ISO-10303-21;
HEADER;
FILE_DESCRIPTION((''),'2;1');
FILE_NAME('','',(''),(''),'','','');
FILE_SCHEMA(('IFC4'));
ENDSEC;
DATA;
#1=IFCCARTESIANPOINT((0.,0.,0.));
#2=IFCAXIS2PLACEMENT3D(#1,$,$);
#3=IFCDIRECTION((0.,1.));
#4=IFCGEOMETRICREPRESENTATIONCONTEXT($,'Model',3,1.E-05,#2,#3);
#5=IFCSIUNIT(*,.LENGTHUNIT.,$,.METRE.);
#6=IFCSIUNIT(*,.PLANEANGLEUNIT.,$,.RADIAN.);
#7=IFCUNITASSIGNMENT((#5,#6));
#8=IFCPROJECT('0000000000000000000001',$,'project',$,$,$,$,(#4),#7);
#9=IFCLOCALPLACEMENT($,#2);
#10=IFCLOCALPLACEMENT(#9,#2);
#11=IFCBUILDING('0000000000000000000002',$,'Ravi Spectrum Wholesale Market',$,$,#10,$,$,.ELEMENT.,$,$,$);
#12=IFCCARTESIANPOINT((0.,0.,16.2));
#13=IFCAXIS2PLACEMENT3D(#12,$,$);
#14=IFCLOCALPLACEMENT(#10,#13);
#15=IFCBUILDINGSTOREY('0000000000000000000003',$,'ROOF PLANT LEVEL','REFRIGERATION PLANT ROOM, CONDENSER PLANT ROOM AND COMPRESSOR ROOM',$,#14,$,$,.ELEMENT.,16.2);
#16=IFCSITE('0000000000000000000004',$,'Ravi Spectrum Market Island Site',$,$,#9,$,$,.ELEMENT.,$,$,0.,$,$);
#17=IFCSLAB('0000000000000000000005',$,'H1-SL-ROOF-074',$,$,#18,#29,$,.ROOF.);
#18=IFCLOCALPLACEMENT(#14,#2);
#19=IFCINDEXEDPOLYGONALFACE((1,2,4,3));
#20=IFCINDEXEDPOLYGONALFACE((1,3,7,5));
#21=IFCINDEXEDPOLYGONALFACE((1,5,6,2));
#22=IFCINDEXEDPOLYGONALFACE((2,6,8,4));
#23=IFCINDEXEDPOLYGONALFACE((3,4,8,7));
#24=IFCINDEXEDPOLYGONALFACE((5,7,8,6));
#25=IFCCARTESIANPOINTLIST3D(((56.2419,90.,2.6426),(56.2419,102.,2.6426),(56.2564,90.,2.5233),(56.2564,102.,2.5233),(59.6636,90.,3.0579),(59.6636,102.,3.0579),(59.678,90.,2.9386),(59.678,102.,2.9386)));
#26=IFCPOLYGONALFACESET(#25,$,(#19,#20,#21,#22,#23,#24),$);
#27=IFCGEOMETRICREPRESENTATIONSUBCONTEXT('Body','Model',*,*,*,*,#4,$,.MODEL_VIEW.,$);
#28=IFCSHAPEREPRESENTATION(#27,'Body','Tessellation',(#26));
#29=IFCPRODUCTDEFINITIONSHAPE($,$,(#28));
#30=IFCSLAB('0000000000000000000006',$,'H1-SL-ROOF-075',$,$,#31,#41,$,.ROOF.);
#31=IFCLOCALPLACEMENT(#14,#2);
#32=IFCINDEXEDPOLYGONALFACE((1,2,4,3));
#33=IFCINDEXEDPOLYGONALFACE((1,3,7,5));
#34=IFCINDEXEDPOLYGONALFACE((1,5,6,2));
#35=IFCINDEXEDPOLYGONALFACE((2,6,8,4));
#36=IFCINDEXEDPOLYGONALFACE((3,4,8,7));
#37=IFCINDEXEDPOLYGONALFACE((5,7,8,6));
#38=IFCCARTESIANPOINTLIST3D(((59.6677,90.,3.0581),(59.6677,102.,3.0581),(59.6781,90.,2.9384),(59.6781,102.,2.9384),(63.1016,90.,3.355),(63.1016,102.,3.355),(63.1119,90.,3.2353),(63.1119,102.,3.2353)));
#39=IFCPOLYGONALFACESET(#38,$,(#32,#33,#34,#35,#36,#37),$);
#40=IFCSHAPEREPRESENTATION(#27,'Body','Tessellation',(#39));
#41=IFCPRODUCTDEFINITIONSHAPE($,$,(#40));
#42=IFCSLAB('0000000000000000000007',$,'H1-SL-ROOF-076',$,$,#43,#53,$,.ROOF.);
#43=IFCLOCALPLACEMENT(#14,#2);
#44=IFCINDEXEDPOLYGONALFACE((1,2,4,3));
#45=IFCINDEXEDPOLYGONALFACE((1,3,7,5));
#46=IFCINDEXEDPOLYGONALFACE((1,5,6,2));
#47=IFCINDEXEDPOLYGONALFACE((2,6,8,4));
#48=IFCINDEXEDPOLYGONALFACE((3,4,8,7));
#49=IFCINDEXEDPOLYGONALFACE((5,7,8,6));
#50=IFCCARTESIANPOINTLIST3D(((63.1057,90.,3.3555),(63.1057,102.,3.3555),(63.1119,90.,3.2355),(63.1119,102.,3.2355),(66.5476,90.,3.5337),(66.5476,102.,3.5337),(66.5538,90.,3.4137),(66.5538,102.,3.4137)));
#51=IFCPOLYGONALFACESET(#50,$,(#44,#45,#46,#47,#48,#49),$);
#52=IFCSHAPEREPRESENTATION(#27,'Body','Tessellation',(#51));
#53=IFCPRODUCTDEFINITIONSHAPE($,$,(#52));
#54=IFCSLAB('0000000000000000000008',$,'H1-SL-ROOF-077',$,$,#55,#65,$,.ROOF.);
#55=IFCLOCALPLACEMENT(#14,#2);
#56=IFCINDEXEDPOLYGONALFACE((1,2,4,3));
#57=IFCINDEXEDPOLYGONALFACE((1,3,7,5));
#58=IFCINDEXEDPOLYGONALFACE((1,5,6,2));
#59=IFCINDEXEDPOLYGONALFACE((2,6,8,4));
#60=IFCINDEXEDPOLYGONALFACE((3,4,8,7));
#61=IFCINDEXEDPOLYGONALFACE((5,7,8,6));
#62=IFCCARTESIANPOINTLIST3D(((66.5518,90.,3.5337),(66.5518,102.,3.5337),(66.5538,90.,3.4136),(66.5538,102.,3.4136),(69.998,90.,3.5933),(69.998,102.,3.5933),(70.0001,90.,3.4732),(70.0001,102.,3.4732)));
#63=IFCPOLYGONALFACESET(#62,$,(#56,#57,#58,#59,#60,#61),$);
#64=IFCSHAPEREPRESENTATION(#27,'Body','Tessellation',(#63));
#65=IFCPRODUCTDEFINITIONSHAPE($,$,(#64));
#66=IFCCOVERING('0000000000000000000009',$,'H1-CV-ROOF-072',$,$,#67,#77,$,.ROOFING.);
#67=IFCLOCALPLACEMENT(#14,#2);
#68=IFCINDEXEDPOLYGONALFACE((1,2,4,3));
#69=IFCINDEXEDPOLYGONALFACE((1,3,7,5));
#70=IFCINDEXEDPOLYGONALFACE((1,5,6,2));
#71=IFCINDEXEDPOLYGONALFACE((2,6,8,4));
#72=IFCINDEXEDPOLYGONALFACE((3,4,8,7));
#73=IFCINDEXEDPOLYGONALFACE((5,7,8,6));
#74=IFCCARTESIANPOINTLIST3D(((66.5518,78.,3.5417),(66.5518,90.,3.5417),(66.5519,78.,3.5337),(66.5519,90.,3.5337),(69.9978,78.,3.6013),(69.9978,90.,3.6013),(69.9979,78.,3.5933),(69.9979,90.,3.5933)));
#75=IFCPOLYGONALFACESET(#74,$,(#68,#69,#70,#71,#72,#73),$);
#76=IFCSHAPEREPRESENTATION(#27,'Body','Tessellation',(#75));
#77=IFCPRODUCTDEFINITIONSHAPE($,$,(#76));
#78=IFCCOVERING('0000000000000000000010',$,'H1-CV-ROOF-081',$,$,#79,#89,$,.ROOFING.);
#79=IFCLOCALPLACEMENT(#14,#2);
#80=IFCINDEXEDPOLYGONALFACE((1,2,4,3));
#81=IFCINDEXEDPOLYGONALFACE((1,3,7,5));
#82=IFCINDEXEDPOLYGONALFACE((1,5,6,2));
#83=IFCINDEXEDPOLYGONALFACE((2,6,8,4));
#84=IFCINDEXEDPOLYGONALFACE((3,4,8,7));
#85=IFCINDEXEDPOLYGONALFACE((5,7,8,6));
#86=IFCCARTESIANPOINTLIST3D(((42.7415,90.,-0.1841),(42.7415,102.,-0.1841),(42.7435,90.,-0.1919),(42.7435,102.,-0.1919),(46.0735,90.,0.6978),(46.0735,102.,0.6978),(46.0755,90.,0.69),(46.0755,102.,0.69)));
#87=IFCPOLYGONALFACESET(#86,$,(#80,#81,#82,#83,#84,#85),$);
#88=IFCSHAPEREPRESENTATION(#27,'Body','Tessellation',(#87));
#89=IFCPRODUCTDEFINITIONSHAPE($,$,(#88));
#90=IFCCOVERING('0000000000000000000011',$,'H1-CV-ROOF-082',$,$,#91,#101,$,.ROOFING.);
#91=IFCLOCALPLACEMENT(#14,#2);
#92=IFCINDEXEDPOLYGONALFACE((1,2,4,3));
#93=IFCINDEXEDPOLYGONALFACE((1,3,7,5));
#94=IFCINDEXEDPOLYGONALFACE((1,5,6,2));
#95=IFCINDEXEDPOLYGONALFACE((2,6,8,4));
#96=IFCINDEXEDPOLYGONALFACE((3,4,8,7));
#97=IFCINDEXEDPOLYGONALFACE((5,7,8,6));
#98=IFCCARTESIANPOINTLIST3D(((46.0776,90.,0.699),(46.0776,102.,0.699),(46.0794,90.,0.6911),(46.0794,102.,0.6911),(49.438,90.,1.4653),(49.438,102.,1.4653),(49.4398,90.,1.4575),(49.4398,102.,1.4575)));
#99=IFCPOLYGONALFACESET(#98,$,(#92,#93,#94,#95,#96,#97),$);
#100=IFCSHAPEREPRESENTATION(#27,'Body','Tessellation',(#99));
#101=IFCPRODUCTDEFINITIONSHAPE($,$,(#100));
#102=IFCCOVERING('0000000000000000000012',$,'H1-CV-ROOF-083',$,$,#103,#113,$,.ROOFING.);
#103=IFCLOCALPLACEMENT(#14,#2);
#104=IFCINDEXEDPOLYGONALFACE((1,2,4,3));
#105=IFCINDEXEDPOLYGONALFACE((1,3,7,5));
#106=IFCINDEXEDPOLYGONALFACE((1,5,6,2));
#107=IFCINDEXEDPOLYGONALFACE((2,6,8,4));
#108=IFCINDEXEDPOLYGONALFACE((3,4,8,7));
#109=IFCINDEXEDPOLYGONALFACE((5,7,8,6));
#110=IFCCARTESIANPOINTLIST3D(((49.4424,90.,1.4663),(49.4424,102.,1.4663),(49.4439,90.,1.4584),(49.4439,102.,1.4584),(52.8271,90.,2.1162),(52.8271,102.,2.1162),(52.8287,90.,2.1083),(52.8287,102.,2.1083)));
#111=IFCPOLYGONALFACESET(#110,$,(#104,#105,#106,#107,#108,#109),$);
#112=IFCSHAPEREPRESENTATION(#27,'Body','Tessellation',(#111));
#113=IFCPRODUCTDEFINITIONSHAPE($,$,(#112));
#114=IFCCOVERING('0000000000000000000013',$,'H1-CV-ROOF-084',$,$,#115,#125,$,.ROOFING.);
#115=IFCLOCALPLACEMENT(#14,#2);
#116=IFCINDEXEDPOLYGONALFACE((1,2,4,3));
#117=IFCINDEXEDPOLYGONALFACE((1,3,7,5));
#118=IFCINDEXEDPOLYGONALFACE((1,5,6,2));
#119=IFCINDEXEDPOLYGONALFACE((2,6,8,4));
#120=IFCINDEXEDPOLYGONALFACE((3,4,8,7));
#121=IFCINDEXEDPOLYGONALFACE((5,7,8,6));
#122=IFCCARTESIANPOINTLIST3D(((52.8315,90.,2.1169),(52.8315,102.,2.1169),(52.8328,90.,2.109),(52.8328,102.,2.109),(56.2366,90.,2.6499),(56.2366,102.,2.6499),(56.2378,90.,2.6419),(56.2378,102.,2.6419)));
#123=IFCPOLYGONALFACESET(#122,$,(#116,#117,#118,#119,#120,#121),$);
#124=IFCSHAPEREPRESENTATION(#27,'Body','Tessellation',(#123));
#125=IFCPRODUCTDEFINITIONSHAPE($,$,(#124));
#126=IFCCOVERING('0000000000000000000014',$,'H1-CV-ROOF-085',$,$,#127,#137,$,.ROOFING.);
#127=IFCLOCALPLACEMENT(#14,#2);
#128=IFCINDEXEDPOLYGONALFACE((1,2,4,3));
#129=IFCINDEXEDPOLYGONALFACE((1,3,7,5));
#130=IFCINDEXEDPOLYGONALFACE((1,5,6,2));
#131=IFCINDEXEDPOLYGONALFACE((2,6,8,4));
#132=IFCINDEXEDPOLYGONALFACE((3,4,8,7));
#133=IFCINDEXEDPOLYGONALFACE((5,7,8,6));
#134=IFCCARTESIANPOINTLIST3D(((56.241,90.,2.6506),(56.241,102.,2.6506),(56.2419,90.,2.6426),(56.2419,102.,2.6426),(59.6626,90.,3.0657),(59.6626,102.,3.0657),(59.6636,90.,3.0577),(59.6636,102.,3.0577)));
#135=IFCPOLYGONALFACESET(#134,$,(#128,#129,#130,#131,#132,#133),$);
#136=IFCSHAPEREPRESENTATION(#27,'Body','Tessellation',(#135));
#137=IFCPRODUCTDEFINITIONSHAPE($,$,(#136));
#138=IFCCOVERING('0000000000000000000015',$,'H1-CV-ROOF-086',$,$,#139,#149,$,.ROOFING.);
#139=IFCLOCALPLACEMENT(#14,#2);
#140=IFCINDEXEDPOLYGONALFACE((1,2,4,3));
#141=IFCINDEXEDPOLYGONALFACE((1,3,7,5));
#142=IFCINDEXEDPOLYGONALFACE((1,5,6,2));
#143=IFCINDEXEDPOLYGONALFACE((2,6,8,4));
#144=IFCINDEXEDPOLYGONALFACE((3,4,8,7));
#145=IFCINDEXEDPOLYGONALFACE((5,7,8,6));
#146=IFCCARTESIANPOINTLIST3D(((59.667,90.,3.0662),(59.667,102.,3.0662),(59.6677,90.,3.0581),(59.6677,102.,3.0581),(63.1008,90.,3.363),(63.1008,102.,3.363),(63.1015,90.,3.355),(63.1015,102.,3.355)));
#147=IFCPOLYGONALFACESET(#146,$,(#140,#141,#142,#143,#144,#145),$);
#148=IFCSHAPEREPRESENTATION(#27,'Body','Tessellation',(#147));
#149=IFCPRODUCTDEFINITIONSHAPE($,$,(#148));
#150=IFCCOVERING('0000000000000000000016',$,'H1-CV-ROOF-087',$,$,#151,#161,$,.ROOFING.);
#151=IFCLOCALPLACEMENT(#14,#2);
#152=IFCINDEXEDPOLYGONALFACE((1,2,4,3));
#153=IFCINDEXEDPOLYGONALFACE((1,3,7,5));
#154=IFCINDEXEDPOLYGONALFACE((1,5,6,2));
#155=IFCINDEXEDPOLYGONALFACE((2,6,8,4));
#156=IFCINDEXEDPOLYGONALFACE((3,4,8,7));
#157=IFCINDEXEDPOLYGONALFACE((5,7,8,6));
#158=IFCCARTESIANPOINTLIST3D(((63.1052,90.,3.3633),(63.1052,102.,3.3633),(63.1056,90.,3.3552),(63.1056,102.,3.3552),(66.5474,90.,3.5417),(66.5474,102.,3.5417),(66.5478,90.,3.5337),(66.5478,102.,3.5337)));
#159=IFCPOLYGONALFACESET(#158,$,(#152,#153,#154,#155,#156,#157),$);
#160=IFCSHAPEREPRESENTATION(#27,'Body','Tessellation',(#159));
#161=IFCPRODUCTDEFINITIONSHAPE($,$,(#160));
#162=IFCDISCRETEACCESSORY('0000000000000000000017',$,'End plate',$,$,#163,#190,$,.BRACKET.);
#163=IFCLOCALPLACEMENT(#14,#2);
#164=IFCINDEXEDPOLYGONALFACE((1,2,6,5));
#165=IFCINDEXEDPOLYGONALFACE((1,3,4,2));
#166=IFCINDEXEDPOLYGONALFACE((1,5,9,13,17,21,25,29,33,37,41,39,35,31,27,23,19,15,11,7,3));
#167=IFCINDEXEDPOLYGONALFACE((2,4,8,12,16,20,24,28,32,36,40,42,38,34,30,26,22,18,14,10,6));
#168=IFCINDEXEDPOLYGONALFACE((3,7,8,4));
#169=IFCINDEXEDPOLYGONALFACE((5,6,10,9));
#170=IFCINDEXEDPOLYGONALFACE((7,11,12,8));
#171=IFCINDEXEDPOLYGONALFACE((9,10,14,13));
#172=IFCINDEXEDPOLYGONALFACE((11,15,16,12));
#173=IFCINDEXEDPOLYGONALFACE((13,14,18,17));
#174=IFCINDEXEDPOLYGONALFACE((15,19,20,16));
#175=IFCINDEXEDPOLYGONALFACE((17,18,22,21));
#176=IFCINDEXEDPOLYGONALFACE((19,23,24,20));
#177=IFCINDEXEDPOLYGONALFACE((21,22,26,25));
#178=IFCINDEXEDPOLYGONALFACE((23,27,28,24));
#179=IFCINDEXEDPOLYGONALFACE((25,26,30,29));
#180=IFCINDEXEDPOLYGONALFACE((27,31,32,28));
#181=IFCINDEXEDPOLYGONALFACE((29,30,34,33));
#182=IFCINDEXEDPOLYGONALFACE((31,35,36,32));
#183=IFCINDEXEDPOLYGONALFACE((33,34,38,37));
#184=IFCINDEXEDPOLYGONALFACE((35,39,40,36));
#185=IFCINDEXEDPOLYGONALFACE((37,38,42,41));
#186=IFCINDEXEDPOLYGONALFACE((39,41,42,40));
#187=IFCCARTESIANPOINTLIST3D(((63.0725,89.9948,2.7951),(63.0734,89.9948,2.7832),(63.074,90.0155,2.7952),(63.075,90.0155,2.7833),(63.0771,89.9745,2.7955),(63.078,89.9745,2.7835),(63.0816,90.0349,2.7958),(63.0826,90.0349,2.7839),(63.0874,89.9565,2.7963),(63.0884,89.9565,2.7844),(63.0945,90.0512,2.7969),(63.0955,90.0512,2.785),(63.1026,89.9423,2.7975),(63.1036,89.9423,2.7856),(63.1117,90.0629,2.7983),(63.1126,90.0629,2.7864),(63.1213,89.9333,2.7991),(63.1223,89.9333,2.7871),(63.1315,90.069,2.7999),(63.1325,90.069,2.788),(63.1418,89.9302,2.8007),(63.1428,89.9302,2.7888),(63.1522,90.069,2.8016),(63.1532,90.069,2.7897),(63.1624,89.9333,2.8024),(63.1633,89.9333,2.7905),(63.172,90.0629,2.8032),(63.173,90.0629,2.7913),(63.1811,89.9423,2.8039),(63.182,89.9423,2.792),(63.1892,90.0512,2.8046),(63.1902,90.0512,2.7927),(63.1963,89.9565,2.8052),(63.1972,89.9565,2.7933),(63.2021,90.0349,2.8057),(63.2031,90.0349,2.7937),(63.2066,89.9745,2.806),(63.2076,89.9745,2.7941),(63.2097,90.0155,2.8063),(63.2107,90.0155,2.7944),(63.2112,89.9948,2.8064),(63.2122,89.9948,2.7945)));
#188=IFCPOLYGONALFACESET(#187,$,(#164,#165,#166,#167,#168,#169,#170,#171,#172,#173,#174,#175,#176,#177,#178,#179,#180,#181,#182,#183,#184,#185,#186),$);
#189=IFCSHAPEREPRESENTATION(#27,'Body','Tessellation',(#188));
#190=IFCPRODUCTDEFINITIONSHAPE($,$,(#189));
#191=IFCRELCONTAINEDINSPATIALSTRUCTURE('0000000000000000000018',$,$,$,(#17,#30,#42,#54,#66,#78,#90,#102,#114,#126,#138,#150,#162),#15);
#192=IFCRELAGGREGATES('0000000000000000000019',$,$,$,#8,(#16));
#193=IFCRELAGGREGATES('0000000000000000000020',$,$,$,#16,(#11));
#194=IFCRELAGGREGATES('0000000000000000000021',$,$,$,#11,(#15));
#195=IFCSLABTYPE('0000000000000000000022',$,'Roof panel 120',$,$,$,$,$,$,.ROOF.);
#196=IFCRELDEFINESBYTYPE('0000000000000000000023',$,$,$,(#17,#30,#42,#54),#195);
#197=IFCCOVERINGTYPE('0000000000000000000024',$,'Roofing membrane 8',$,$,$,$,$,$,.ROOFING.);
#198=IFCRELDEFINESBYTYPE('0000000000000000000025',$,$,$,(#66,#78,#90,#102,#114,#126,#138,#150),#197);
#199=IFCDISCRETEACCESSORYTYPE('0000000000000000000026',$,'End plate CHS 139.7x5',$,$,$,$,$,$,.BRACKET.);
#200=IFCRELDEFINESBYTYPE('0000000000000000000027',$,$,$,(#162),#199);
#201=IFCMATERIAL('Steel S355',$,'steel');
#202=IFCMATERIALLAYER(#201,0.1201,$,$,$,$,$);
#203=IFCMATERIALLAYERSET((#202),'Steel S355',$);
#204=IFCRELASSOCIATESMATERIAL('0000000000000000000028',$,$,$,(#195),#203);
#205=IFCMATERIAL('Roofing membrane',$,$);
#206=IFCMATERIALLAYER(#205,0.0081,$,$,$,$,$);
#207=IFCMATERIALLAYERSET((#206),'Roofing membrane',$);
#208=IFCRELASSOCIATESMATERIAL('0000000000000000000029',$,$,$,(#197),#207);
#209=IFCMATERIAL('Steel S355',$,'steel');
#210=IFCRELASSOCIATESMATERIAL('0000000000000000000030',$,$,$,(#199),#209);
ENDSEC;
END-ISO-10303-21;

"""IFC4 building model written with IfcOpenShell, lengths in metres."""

from ifc_helpers import new_model, si_unit, direction, frame, origin, origin_2d, place, context, subcontext, project, spatial, polyline, circle, outline, extrude, material, layer, layer_set, material_profile, profile_set, type_object, element, save


model = new_model("IFC4")

# Units and contexts
model_context = context("Model", 3, precision=1e-05, world=origin(), true_north=direction((0.0, 1.0)))
body_context = subcontext(model_context, "Body", "Model", "MODEL_VIEW")
ifc_project = project(units=[si_unit("LENGTHUNIT", "METRE"), si_unit("PLANEANGLEUNIT", "RADIAN")], contexts=[model_context])

# Site, building, storey
site_placement = place(None, origin())
site = spatial("IfcSite", under=ifc_project, at=site_placement, Name="Ravi Spectrum Market Island Site", CompositionType="ELEMENT", RefElevation=0.0)
building_placement = place(site_placement, origin())
building = spatial("IfcBuilding", under=site, at=building_placement, Name="Ravi Spectrum Wholesale Market", CompositionType="ELEMENT")
storey_placement = place(building_placement, frame((0.0, 0.0, 16.2)))
storey = spatial("IfcBuildingStorey", under=building, at=storey_placement, Name="ROOF PLANT LEVEL", Description="REFRIGERATION PLANT ROOM, CONDENSER PLANT ROOM AND COMPRESSOR ROOM", CompositionType="ELEMENT", Elevation=16.2)

# Slabs
ifc_material_1 = material(Name="Steel S355", Category="steel")
ifc_layer_1 = layer(ifc_material_1, 0.1201)
ifc_layer_set_1 = layer_set([ifc_layer_1], Name="Steel S355")
slab_type = type_object("IfcSlabType", Name="Roof panel 120", PredefinedType="ROOF", material=ifc_layer_set_1)
slab_1_placement = place(storey_placement, frame((56.2419, 90.0, 2.6426), z_axis=(-0.120486, 0.0, 0.992715), x_axis=(0.992715, 0.0, 0.120486)))
element("IfcSlab", 1, at=slab_1_placement, inside=storey, type_object=slab_type, Name="H1-SL-ROOF-074", PredefinedType="ROOF", context=body_context, shape_type="SweptSolid", body=[
    extrude(outline(polyline([(0.0, 0.0), (3.4467, 0.0), (3.4467, 12.0), (0.0, 12.0), (0.0, 0.0)])), origin(), (0.0, 0.0, -1.0), 0.1201),
])
slab_2_placement = place(storey_placement, frame((59.6677, 90.0, 3.0581), z_axis=(-0.086134, 0.0, 0.996284), x_axis=(0.996284, 0.0, 0.086134)))
element("IfcSlab", 2, at=slab_2_placement, inside=storey, type_object=slab_type, Name="H1-SL-ROOF-075", PredefinedType="ROOF", context=body_context, shape_type="SweptSolid", body=[
    extrude(outline(polyline([(0.0, 0.0), (3.4466, 0.0), (3.4466, 12.0), (0.0, 12.0), (0.0, 0.0)])), origin(), (0.0, 0.0, -1.0), 0.1201),
])
slab_3_placement = place(storey_placement, frame((63.1057, 90.0, 3.3555), z_axis=(-0.051711, 0.0, 0.998662), x_axis=(0.998662, 0.0, 0.051711)))
element("IfcSlab", 3, at=slab_3_placement, inside=storey, type_object=slab_type, Name="H1-SL-ROOF-076", PredefinedType="ROOF", context=body_context, shape_type="SweptSolid", body=[
    extrude(outline(polyline([(0.0, 0.0), (3.4465, 0.0), (3.4465, 12.0), (0.0, 12.0), (0.0, 0.0)])), origin(), (0.0, 0.0, -1.0), 0.1201),
])
slab_4_placement = place(storey_placement, frame((66.5518, 90.0, 3.5337), z_axis=(-0.017283, 0.0, 0.999851), x_axis=(0.999851, 0.0, 0.017283)))
element("IfcSlab", 4, at=slab_4_placement, inside=storey, type_object=slab_type, Name="H1-SL-ROOF-077", PredefinedType="ROOF", context=body_context, shape_type="SweptSolid", body=[
    extrude(outline(polyline([(0.0, 0.0), (3.4468, 0.0), (3.4468, 12.0), (0.0, 12.0), (0.0, 0.0)])), origin(), (0.0, 0.0, -1.0), 0.1201),
])

# Coverings
ifc_material_2 = material(Name="Roofing membrane")
ifc_layer_2 = layer(ifc_material_2, 0.0081)
ifc_layer_set_2 = layer_set([ifc_layer_2], Name="Roofing membrane")
covering_type = type_object("IfcCoveringType", Name="Roofing membrane 8", PredefinedType="ROOFING", material=ifc_layer_set_2)
covering_1_placement = place(storey_placement, frame((66.5518, 78.0, 3.5417), z_axis=(-0.017284, 0.0, 0.999851), x_axis=(0.999851, 0.0, 0.017284)))
element("IfcCovering", 5, at=covering_1_placement, inside=storey, type_object=covering_type, Name="H1-CV-ROOF-072", PredefinedType="ROOFING", context=body_context, shape_type="SweptSolid", body=[
    extrude(outline(polyline([(0.0, 0.0), (3.4466, 0.0), (3.4466, 12.0), (0.0, 12.0), (0.0, 0.0)])), origin(), (0.0, 0.0, -1.0), 0.0081),
])
covering_2_placement = place(storey_placement, frame((42.7415, 90.0, -0.1841), z_axis=(-0.255846, 0.0, 0.966718), x_axis=(0.966718, 0.0, 0.255846)))
element("IfcCovering", 6, at=covering_2_placement, inside=storey, type_object=covering_type, Name="H1-CV-ROOF-081", PredefinedType="ROOFING", context=body_context, shape_type="SweptSolid", body=[
    extrude(outline(polyline([(0.0, 0.0), (3.4467, 0.0), (3.4467, 12.0), (0.0, 12.0), (0.0, 0.0)])), origin(), (0.0, 0.0, -1.0), 0.0081),
])
covering_3_placement = place(storey_placement, frame((46.0776, 90.0, 0.699), z_axis=(-0.22235, 0.0, 0.974967), x_axis=(0.974967, 0.0, 0.22235)))
element("IfcCovering", 7, at=covering_3_placement, inside=storey, type_object=covering_type, Name="H1-CV-ROOF-082", PredefinedType="ROOFING", context=body_context, shape_type="SweptSolid", body=[
    extrude(outline(polyline([(0.0, 0.0), (3.4466, 0.0), (3.4466, 12.0), (0.0, 12.0), (0.0, 0.0)])), origin(), (0.0, 0.0, -1.0), 0.0081),
])
covering_4_placement = place(storey_placement, frame((49.4424, 90.0, 1.4663), z_axis=(-0.188564, 0.0, 0.982061), x_axis=(0.982061, 0.0, 0.188564)))
element("IfcCovering", 8, at=covering_4_placement, inside=storey, type_object=covering_type, Name="H1-CV-ROOF-083", PredefinedType="ROOFING", context=body_context, shape_type="SweptSolid", body=[
    extrude(outline(polyline([(0.0, 0.0), (3.4466, 0.0), (3.4466, 12.0), (0.0, 12.0), (0.0, 0.0)])), origin(), (0.0, 0.0, -1.0), 0.0081),
])
covering_5_placement = place(storey_placement, frame((52.8315, 90.0, 2.1169), z_axis=(-0.154638, 0.0, 0.987971), x_axis=(0.987971, 0.0, 0.154638)))
element("IfcCovering", 9, at=covering_5_placement, inside=storey, type_object=covering_type, Name="H1-CV-ROOF-084", PredefinedType="ROOFING", context=body_context, shape_type="SweptSolid", body=[
    extrude(outline(polyline([(0.0, 0.0), (3.4465, 0.0), (3.4465, 12.0), (0.0, 12.0), (0.0, 0.0)])), origin(), (0.0, 0.0, -1.0), 0.0081),
])
covering_6_placement = place(storey_placement, frame((56.241, 90.0, 2.6506), z_axis=(-0.120416, 0.0, 0.992724), x_axis=(0.992724, 0.0, 0.120416)))
element("IfcCovering", 10, at=covering_6_placement, inside=storey, type_object=covering_type, Name="H1-CV-ROOF-085", PredefinedType="ROOFING", context=body_context, shape_type="SweptSolid", body=[
    extrude(outline(polyline([(0.0, 0.0), (3.4467, 0.0), (3.4467, 12.0), (0.0, 12.0), (0.0, 0.0)])), origin(), (0.0, 0.0, -1.0), 0.0081),
])
covering_7_placement = place(storey_placement, frame((59.667, 90.0, 3.0662), z_axis=(-0.086134, 0.0, 0.996284), x_axis=(0.996284, 0.0, 0.086134)))
element("IfcCovering", 11, at=covering_7_placement, inside=storey, type_object=covering_type, Name="H1-CV-ROOF-086", PredefinedType="ROOFING", context=body_context, shape_type="SweptSolid", body=[
    extrude(outline(polyline([(0.0, 0.0), (3.4466, 0.0), (3.4466, 12.0), (0.0, 12.0), (0.0, 0.0)])), origin(), (0.0, 0.0, -1.0), 0.0081),
])
covering_8_placement = place(storey_placement, frame((63.1052, 90.0, 3.3633), z_axis=(-0.051778, 0.0, 0.998659), x_axis=(0.998659, 0.0, 0.051778)))
element("IfcCovering", 12, at=covering_8_placement, inside=storey, type_object=covering_type, Name="H1-CV-ROOF-087", PredefinedType="ROOFING", context=body_context, shape_type="SweptSolid", body=[
    extrude(outline(polyline([(0.0, 0.0), (3.4468, 0.0), (3.4468, 12.0), (0.0, 12.0), (0.0, 0.0)])), origin(), (0.0, 0.0, -1.0), 0.0081),
])

# Discrete accessory
ifc_material_3 = material(Name="Steel S355", Category="steel")
ifc_material_profile_1 = material_profile(ifc_material_3, circle(Radius=0.0698, at=origin_2d()))
ifc_profile_set_1 = profile_set([ifc_material_profile_1], Name="Steel S355")
discrete_accessory_type_1 = type_object("IfcDiscreteAccessoryType", Name="End plate CHS 139.7x5", PredefinedType="BRACKET", material=ifc_profile_set_1)
discrete_accessory_1_placement = place(storey_placement, frame((63.1428, 90.0, 2.7888), z_axis=(-0.081362, 0.0, 0.996685), x_axis=(0.0, -1.0, 0.0)))
element("IfcDiscreteAccessory", 13, at=discrete_accessory_1_placement, inside=storey, type_object=discrete_accessory_type_1, Name="End plate", PredefinedType="BRACKET", context=body_context, shape_type="SweptSolid", body=[
    extrude(circle(Radius=0.0698, at=origin_2d()), origin(), (0.0, 0.0, 1.0), 0.012),
])

save(model, "model.ifc")
